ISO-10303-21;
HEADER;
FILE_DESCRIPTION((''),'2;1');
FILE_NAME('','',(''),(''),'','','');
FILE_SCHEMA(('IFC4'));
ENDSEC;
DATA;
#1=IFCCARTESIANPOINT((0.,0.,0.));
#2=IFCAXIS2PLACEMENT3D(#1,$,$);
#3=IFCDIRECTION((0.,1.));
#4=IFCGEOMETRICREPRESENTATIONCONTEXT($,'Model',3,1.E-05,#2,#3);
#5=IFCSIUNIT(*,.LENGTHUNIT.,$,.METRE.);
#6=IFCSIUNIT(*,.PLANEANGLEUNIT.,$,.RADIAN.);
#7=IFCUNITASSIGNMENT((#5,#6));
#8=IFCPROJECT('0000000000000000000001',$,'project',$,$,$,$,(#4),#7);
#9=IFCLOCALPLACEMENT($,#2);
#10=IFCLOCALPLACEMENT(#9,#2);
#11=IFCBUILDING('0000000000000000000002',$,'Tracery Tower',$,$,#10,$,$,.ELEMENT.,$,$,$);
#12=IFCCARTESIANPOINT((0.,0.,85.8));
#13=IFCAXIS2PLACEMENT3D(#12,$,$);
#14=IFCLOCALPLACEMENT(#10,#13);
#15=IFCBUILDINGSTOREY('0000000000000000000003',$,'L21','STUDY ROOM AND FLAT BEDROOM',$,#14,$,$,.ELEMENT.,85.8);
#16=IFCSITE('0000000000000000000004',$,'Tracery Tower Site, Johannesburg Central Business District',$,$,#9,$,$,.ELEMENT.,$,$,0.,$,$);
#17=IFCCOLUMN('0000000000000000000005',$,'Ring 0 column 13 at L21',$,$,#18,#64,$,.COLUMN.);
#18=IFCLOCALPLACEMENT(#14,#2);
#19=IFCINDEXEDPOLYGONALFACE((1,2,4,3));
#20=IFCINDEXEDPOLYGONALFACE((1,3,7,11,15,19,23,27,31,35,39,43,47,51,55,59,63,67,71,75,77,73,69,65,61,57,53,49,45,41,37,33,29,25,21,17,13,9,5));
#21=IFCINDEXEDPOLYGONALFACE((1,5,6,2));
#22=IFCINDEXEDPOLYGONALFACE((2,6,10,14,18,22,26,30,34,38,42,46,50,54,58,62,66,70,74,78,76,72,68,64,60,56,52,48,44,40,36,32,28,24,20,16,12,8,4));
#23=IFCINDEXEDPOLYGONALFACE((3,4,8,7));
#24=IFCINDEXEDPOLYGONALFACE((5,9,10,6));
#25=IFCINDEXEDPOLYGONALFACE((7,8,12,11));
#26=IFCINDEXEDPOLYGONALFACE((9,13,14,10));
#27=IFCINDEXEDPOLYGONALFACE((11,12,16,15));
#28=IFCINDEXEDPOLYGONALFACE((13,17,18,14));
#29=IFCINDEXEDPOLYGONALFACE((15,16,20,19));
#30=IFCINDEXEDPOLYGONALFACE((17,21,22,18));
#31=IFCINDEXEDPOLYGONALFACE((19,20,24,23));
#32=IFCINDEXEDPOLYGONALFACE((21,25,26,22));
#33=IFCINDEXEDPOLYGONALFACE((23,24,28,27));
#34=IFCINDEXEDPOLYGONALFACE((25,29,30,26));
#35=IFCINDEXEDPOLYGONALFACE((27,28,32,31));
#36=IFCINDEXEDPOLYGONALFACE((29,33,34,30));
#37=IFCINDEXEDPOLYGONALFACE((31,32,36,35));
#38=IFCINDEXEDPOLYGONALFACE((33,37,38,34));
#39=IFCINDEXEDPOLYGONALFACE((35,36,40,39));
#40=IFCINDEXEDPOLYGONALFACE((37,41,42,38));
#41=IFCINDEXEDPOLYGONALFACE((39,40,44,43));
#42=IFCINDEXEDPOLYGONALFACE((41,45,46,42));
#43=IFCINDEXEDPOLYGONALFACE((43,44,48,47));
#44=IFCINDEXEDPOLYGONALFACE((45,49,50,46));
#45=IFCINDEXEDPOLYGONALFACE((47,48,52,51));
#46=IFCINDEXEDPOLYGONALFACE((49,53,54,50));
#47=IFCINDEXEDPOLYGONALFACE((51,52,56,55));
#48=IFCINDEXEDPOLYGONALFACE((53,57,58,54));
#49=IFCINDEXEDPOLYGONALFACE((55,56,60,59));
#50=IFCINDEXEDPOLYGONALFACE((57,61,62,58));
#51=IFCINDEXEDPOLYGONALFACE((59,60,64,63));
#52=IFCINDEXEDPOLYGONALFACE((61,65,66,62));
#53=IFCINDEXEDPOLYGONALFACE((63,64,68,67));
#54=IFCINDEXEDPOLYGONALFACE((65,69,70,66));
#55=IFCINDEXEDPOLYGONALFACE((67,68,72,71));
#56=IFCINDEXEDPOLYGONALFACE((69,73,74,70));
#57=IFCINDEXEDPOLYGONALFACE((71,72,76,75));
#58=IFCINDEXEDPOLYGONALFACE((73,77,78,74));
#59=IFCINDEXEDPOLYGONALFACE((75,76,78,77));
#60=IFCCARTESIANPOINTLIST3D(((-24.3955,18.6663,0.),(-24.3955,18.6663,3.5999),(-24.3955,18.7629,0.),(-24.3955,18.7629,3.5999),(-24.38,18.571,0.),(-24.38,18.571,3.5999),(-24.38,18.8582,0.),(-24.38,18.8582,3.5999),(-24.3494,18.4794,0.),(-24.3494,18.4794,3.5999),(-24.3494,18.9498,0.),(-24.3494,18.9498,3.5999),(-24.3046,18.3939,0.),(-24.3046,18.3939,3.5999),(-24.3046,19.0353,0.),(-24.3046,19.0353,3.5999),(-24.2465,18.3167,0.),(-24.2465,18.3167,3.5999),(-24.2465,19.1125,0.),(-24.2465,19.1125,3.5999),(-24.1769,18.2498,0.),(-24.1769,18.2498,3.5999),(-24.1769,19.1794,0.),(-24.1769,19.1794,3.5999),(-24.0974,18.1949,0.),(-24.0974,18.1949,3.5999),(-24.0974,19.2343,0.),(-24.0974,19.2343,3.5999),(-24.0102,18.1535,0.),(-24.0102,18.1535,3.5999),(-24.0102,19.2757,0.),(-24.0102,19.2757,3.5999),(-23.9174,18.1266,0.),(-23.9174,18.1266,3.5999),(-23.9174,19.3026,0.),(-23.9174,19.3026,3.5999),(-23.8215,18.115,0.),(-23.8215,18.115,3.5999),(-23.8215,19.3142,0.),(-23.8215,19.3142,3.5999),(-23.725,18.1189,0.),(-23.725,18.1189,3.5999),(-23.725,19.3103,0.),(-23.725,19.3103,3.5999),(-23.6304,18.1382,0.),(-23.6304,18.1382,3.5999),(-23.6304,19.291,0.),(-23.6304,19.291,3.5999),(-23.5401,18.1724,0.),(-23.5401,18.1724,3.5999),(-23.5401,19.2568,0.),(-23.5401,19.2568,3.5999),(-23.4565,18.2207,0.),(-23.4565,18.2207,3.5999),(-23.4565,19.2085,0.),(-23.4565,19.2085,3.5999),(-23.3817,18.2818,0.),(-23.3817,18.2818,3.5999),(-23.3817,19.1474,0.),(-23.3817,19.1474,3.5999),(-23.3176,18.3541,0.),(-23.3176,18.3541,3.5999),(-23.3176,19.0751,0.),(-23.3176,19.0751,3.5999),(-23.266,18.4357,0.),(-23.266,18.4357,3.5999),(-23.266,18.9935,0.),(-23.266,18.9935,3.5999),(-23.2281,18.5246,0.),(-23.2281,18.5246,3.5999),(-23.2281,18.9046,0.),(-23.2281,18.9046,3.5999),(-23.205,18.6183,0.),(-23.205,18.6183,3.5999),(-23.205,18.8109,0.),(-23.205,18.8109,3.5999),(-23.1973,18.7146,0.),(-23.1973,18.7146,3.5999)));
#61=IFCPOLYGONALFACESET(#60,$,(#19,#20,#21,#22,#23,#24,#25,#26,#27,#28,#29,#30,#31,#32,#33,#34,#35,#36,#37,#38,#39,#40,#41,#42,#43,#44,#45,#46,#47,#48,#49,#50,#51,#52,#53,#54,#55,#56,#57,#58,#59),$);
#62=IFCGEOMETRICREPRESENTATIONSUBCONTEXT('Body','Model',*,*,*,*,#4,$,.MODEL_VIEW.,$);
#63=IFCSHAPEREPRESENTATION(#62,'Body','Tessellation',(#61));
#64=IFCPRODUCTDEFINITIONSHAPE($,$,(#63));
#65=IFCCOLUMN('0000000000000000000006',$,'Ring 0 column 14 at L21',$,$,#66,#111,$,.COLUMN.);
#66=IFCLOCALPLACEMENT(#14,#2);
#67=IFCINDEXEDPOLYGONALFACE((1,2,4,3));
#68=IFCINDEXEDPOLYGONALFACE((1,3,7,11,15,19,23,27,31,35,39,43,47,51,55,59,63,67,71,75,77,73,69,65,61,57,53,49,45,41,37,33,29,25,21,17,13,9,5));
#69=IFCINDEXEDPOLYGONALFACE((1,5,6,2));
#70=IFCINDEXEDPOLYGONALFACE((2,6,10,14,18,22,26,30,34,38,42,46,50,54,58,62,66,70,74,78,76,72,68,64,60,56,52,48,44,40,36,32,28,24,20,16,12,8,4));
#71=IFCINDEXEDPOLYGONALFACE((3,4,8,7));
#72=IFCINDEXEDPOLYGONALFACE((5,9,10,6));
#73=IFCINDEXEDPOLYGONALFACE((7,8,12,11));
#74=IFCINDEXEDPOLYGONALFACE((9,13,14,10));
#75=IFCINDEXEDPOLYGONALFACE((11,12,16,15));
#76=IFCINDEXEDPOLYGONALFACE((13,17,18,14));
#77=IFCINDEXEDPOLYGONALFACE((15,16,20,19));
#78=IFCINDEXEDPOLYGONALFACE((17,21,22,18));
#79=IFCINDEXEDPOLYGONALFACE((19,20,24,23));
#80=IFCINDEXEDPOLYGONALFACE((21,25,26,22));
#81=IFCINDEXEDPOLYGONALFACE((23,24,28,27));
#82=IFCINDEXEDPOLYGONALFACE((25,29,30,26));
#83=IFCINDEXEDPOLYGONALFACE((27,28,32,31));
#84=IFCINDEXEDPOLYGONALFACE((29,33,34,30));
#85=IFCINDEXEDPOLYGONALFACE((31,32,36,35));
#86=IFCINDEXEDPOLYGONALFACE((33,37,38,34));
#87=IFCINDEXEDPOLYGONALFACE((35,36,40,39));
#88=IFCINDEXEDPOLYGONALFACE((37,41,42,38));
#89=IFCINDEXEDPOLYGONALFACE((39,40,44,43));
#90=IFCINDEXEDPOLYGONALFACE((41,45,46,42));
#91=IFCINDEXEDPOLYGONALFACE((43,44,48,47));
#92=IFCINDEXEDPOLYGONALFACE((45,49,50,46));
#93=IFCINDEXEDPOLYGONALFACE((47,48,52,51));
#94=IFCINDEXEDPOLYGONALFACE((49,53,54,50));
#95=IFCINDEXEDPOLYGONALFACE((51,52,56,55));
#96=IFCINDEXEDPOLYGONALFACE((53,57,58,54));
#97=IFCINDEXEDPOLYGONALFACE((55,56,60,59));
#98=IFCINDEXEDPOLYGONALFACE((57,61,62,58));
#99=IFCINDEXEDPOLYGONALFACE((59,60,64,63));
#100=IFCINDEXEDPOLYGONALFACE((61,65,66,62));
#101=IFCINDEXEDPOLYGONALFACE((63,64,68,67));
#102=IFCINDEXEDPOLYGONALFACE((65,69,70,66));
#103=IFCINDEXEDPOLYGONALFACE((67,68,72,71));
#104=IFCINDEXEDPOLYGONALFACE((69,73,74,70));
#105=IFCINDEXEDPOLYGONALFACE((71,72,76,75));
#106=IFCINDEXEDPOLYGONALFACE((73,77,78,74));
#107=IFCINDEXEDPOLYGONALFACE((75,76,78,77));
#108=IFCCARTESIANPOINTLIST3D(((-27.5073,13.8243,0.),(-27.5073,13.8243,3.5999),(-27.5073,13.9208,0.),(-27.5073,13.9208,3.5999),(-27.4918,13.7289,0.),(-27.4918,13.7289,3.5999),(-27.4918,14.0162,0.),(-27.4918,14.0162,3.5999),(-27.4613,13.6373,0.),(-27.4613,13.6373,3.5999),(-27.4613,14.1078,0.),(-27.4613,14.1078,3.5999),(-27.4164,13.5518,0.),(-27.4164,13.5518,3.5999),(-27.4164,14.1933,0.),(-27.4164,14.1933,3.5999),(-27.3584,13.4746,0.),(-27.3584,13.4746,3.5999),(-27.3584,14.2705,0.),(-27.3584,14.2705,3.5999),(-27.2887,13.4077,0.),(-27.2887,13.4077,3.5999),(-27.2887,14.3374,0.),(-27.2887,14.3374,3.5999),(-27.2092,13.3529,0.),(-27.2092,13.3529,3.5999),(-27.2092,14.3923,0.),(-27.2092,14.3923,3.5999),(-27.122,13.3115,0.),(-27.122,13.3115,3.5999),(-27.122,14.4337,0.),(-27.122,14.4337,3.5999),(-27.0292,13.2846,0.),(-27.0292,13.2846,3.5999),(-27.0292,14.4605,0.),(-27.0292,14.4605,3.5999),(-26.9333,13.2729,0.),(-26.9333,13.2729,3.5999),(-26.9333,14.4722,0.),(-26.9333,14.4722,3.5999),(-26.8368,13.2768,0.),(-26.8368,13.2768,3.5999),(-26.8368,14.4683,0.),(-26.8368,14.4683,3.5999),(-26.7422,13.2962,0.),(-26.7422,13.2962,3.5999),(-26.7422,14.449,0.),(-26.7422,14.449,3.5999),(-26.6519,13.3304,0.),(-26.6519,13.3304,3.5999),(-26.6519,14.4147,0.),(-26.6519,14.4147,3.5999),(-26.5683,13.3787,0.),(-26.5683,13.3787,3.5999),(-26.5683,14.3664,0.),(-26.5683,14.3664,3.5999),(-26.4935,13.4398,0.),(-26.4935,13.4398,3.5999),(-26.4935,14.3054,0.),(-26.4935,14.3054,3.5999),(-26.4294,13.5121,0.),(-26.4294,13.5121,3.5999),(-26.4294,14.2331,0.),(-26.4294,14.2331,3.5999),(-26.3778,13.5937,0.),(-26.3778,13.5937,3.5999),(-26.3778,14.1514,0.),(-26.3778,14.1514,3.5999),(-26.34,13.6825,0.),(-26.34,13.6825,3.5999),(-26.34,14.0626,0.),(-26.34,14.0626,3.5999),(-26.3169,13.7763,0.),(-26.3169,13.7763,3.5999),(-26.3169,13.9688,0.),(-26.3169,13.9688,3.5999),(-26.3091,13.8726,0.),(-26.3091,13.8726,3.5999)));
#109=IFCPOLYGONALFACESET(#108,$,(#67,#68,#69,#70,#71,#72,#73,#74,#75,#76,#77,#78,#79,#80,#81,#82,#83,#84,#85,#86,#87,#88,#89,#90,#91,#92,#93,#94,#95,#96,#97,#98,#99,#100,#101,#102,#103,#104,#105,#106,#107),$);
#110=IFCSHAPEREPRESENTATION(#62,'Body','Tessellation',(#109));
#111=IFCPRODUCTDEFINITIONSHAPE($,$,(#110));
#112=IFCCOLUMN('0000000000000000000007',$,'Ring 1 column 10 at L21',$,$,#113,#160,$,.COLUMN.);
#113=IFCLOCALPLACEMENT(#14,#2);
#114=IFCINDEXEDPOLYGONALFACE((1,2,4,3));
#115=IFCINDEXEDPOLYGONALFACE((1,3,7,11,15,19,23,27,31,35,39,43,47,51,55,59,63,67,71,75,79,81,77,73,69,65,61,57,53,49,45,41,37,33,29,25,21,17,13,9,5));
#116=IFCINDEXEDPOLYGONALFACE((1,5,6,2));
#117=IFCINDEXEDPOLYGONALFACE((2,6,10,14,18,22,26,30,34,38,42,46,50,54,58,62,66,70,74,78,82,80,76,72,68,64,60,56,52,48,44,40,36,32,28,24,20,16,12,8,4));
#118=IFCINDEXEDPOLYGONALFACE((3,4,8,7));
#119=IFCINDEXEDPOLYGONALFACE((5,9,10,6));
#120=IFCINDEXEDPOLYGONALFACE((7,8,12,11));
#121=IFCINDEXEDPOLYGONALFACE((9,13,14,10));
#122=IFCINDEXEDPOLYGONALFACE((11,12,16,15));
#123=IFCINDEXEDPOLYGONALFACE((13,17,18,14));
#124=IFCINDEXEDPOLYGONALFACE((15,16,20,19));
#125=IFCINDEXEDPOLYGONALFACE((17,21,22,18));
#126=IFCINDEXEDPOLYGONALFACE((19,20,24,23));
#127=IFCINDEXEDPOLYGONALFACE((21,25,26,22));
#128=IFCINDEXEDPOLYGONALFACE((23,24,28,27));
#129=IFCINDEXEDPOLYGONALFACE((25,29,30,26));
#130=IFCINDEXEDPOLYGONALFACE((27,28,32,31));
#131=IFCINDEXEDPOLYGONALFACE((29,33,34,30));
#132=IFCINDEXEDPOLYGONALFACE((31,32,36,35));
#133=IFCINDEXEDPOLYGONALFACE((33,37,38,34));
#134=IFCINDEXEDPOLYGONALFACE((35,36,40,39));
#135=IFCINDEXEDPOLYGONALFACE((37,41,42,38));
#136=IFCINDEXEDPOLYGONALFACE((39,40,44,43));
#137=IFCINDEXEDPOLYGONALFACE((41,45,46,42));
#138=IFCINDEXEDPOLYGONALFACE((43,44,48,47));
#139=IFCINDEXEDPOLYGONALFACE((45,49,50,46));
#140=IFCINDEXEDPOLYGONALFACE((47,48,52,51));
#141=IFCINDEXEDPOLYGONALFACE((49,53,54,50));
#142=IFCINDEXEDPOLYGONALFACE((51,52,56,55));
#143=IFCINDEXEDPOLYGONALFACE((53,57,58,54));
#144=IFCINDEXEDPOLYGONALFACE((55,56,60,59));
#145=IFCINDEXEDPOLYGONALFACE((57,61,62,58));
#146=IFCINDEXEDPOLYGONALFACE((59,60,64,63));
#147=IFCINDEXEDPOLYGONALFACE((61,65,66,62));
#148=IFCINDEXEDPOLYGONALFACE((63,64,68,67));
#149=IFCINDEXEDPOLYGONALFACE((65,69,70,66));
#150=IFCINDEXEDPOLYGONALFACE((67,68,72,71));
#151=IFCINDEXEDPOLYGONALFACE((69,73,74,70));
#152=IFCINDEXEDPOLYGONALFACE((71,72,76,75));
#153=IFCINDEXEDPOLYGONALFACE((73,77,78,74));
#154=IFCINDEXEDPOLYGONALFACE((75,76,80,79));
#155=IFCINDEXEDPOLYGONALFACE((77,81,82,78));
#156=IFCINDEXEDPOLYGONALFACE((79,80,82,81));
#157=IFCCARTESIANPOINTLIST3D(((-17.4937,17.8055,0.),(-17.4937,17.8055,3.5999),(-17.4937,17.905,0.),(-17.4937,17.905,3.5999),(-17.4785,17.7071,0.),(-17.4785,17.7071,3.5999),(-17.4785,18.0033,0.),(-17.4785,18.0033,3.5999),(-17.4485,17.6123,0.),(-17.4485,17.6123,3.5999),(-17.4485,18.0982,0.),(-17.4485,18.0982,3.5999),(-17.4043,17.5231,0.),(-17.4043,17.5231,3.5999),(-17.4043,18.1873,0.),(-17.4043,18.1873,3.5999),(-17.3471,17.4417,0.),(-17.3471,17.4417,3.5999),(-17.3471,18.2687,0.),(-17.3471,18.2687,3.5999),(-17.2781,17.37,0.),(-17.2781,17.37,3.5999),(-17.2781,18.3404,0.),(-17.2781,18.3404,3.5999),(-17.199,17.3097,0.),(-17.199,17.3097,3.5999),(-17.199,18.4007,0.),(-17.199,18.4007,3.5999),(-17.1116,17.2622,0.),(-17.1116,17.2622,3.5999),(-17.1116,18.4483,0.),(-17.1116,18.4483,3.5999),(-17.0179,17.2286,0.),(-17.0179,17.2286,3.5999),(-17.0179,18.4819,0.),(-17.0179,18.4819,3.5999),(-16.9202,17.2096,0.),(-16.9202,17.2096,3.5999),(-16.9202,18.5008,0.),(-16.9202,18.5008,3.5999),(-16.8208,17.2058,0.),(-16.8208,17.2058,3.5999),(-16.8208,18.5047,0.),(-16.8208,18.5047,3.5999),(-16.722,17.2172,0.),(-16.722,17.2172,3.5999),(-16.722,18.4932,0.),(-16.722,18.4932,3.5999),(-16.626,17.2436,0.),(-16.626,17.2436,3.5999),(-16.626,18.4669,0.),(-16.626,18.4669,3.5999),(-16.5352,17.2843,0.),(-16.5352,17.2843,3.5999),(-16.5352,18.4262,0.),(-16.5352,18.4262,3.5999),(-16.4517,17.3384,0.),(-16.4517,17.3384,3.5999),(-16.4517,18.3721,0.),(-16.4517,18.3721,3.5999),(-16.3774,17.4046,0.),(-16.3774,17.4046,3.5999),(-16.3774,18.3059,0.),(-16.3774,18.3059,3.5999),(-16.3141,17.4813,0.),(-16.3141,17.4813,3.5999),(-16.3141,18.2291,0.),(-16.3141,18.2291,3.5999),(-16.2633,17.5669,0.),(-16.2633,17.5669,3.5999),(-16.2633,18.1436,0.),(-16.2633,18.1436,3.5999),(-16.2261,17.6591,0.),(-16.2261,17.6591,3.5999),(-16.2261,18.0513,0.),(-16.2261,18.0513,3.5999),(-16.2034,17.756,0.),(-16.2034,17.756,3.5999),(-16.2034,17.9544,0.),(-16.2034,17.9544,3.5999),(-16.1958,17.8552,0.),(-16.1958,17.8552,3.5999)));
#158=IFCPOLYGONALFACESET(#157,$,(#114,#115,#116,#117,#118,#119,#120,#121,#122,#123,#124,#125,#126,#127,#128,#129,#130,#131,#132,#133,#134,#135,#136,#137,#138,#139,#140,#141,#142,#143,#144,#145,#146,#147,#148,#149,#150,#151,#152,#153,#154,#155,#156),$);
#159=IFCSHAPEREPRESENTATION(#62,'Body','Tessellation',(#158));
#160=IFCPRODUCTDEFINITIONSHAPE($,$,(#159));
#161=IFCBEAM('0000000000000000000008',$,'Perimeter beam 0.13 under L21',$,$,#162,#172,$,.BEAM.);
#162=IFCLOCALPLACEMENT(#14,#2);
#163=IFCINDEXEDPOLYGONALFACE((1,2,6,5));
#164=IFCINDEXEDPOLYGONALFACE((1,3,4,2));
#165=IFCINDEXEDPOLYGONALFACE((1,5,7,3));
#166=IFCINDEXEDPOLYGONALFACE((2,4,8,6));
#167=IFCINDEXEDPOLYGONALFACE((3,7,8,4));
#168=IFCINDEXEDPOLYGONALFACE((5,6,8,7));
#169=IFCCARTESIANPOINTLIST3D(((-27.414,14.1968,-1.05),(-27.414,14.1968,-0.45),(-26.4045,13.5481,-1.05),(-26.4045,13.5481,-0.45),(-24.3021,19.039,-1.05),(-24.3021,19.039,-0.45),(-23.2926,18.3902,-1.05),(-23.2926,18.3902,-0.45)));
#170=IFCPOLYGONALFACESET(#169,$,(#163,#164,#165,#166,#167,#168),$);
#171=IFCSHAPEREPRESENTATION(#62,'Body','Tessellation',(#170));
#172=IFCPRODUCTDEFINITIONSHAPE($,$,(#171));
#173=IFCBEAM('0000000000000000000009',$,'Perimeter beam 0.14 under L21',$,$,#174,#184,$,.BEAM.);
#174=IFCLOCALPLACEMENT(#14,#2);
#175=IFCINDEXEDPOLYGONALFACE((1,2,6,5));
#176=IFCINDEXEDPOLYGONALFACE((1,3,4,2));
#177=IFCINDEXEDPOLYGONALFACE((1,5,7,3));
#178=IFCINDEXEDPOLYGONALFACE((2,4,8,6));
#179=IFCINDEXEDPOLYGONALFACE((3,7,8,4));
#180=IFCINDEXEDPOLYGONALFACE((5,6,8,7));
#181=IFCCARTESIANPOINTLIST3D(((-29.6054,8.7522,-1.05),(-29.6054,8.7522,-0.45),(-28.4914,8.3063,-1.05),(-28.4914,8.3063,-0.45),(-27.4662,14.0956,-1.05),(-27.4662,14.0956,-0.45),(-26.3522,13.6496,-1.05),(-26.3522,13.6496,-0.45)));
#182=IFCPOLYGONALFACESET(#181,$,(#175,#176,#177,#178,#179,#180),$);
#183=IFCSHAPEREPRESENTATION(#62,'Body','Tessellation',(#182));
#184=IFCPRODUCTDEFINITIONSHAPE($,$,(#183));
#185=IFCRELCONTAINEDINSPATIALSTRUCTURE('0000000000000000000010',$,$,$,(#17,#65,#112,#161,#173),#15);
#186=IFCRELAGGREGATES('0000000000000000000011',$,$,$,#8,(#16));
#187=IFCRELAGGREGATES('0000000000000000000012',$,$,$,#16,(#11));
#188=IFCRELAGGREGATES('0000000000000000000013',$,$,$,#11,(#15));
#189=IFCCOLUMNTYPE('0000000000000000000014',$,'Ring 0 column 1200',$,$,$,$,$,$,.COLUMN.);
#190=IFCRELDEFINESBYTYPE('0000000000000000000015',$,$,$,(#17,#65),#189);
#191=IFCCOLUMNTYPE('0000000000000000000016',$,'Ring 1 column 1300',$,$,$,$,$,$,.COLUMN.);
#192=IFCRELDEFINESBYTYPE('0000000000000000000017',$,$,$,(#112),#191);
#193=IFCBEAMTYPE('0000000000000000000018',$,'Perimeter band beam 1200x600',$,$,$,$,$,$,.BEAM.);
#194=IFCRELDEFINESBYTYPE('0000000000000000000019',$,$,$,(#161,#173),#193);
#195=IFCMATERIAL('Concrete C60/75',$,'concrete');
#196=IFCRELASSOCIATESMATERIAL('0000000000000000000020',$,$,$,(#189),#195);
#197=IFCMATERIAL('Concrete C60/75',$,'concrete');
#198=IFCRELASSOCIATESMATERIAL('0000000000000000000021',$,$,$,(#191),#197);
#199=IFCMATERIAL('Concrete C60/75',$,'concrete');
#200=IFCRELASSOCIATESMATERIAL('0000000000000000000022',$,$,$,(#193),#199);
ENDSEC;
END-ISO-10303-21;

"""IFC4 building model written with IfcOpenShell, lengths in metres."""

from ifc_helpers import new_model, si_unit, direction, frame, origin, origin_2d, place, context, subcontext, project, spatial, rectangle, circle, extrude, material, material_profile, profile_set, type_object, element, save


model = new_model("IFC4")

# Units and contexts
model_context = context("Model", 3, precision=1e-05, world=origin(), true_north=direction((0.0, 1.0)))
body_context = subcontext(model_context, "Body", "Model", "MODEL_VIEW")
ifc_project = project(units=[si_unit("LENGTHUNIT", "METRE"), si_unit("PLANEANGLEUNIT", "RADIAN")], contexts=[model_context])

# Site, building, storey
site_placement = place(None, origin())
site = spatial("IfcSite", under=ifc_project, at=site_placement, Name="Tracery Tower Site, Johannesburg Central Business District", CompositionType="ELEMENT", RefElevation=0.0)
building_placement = place(site_placement, origin())
building = spatial("IfcBuilding", under=site, at=building_placement, Name="Tracery Tower", CompositionType="ELEMENT")
storey_placement = place(building_placement, frame((0.0, 0.0, 85.8)))
storey = spatial("IfcBuildingStorey", under=building, at=storey_placement, Name="L21", Description="STUDY ROOM AND FLAT BEDROOM", CompositionType="ELEMENT", Elevation=85.8)

# Columns
ifc_material_1 = material(Name="Concrete C60/75", Category="concrete")
ifc_material_profile_1 = material_profile(ifc_material_1, circle(Radius=0.6001, at=origin_2d()), Name="RC D1200")
ifc_profile_set_1 = profile_set([ifc_material_profile_1], Name="Concrete C60/75")
column_type_1 = type_object("IfcColumnType", Name="Ring 0 column 1200", PredefinedType="COLUMN", material=ifc_profile_set_1)
for number, where, z_axis, x_axis, name in (
    (1, (-23.7974, 18.7146, 0.0), (0.0, 0.0, 1.0), (1.0, 0.0, 0.0), "Ring 0 column 13 at L21"),
    (2, (-26.9092, 13.8726, 0.0), (0.0, 0.0, 1.0), (1.0, 0.0, 0.0), "Ring 0 column 14 at L21"),
):
    element("IfcColumn", number, at=place(storey_placement, frame(where, z_axis=z_axis, x_axis=x_axis)), inside=storey, type_object=column_type_1, Name=name, PredefinedType="COLUMN", context=body_context, shape_type="SweptSolid", body=[
        extrude(circle(Radius=0.6001, at=origin_2d()), origin(), (0.0, 0.0, 1.0), 3.5999),
    ])
ifc_material_2 = material(Name="Concrete C60/75", Category="concrete")
ifc_material_profile_2 = material_profile(ifc_material_2, circle(Radius=0.6499, at=origin_2d()), Name="RC D1300")
ifc_profile_set_2 = profile_set([ifc_material_profile_2], Name="Concrete C60/75")
column_type_2 = type_object("IfcColumnType", Name="Ring 1 column 1300", PredefinedType="COLUMN", material=ifc_profile_set_2)
column_placement = place(storey_placement, frame((-16.8457, 17.8552, 0.0), z_axis=(0.0, 0.0, 1.0), x_axis=(1.0, 0.0, 0.0)))
element("IfcColumn", 3, at=column_placement, inside=storey, type_object=column_type_2, Name="Ring 1 column 10 at L21", PredefinedType="COLUMN", context=body_context, shape_type="SweptSolid", body=[
    extrude(circle(Radius=0.6499, at=origin_2d()), origin(), (0.0, 0.0, 1.0), 3.5999),
])

# Beams
ifc_material_3 = material(Name="Concrete C60/75", Category="concrete")
ifc_material_profile_3 = material_profile(ifc_material_3, rectangle(XDim=1.2, YDim=0.6001, at=origin_2d()), Name="RC 1200x600")
ifc_profile_set_3 = profile_set([ifc_material_profile_3], Name="Concrete C60/75")
beam_type = type_object("IfcBeamType", Name="Perimeter band beam 1200x600", PredefinedType="BEAM", material=ifc_profile_set_3)
beam_1_placement = place(storey_placement, frame((-23.7974, 18.7146, -0.75), z_axis=(-0.540644, -0.841252, 0.0), x_axis=(0.841252, -0.540644, 0.0)))
element("IfcBeam", 4, at=beam_1_placement, inside=storey, type_object=beam_type, Name="Perimeter beam 0.13 under L21", PredefinedType="BEAM", context=body_context, shape_type="SweptSolid", body=[
    extrude(rectangle(XDim=1.2, YDim=0.6001, at=origin_2d()), origin(), (0.0, 0.0, 1.0), 5.7559),
])
beam_2_placement = place(storey_placement, frame((-26.9092, 13.8726, -0.75), z_axis=(-0.371669, -0.928365, 0.0), x_axis=(0.928365, -0.371669, 0.0)))
element("IfcBeam", 5, at=beam_2_placement, inside=storey, type_object=beam_type, Name="Perimeter beam 0.14 under L21", PredefinedType="BEAM", context=body_context, shape_type="SweptSolid", body=[
    extrude(rectangle(XDim=1.2, YDim=0.6001, at=origin_2d()), origin(), (0.0, 0.0, 1.0), 5.7556),
])

save(model, "model.ifc")
